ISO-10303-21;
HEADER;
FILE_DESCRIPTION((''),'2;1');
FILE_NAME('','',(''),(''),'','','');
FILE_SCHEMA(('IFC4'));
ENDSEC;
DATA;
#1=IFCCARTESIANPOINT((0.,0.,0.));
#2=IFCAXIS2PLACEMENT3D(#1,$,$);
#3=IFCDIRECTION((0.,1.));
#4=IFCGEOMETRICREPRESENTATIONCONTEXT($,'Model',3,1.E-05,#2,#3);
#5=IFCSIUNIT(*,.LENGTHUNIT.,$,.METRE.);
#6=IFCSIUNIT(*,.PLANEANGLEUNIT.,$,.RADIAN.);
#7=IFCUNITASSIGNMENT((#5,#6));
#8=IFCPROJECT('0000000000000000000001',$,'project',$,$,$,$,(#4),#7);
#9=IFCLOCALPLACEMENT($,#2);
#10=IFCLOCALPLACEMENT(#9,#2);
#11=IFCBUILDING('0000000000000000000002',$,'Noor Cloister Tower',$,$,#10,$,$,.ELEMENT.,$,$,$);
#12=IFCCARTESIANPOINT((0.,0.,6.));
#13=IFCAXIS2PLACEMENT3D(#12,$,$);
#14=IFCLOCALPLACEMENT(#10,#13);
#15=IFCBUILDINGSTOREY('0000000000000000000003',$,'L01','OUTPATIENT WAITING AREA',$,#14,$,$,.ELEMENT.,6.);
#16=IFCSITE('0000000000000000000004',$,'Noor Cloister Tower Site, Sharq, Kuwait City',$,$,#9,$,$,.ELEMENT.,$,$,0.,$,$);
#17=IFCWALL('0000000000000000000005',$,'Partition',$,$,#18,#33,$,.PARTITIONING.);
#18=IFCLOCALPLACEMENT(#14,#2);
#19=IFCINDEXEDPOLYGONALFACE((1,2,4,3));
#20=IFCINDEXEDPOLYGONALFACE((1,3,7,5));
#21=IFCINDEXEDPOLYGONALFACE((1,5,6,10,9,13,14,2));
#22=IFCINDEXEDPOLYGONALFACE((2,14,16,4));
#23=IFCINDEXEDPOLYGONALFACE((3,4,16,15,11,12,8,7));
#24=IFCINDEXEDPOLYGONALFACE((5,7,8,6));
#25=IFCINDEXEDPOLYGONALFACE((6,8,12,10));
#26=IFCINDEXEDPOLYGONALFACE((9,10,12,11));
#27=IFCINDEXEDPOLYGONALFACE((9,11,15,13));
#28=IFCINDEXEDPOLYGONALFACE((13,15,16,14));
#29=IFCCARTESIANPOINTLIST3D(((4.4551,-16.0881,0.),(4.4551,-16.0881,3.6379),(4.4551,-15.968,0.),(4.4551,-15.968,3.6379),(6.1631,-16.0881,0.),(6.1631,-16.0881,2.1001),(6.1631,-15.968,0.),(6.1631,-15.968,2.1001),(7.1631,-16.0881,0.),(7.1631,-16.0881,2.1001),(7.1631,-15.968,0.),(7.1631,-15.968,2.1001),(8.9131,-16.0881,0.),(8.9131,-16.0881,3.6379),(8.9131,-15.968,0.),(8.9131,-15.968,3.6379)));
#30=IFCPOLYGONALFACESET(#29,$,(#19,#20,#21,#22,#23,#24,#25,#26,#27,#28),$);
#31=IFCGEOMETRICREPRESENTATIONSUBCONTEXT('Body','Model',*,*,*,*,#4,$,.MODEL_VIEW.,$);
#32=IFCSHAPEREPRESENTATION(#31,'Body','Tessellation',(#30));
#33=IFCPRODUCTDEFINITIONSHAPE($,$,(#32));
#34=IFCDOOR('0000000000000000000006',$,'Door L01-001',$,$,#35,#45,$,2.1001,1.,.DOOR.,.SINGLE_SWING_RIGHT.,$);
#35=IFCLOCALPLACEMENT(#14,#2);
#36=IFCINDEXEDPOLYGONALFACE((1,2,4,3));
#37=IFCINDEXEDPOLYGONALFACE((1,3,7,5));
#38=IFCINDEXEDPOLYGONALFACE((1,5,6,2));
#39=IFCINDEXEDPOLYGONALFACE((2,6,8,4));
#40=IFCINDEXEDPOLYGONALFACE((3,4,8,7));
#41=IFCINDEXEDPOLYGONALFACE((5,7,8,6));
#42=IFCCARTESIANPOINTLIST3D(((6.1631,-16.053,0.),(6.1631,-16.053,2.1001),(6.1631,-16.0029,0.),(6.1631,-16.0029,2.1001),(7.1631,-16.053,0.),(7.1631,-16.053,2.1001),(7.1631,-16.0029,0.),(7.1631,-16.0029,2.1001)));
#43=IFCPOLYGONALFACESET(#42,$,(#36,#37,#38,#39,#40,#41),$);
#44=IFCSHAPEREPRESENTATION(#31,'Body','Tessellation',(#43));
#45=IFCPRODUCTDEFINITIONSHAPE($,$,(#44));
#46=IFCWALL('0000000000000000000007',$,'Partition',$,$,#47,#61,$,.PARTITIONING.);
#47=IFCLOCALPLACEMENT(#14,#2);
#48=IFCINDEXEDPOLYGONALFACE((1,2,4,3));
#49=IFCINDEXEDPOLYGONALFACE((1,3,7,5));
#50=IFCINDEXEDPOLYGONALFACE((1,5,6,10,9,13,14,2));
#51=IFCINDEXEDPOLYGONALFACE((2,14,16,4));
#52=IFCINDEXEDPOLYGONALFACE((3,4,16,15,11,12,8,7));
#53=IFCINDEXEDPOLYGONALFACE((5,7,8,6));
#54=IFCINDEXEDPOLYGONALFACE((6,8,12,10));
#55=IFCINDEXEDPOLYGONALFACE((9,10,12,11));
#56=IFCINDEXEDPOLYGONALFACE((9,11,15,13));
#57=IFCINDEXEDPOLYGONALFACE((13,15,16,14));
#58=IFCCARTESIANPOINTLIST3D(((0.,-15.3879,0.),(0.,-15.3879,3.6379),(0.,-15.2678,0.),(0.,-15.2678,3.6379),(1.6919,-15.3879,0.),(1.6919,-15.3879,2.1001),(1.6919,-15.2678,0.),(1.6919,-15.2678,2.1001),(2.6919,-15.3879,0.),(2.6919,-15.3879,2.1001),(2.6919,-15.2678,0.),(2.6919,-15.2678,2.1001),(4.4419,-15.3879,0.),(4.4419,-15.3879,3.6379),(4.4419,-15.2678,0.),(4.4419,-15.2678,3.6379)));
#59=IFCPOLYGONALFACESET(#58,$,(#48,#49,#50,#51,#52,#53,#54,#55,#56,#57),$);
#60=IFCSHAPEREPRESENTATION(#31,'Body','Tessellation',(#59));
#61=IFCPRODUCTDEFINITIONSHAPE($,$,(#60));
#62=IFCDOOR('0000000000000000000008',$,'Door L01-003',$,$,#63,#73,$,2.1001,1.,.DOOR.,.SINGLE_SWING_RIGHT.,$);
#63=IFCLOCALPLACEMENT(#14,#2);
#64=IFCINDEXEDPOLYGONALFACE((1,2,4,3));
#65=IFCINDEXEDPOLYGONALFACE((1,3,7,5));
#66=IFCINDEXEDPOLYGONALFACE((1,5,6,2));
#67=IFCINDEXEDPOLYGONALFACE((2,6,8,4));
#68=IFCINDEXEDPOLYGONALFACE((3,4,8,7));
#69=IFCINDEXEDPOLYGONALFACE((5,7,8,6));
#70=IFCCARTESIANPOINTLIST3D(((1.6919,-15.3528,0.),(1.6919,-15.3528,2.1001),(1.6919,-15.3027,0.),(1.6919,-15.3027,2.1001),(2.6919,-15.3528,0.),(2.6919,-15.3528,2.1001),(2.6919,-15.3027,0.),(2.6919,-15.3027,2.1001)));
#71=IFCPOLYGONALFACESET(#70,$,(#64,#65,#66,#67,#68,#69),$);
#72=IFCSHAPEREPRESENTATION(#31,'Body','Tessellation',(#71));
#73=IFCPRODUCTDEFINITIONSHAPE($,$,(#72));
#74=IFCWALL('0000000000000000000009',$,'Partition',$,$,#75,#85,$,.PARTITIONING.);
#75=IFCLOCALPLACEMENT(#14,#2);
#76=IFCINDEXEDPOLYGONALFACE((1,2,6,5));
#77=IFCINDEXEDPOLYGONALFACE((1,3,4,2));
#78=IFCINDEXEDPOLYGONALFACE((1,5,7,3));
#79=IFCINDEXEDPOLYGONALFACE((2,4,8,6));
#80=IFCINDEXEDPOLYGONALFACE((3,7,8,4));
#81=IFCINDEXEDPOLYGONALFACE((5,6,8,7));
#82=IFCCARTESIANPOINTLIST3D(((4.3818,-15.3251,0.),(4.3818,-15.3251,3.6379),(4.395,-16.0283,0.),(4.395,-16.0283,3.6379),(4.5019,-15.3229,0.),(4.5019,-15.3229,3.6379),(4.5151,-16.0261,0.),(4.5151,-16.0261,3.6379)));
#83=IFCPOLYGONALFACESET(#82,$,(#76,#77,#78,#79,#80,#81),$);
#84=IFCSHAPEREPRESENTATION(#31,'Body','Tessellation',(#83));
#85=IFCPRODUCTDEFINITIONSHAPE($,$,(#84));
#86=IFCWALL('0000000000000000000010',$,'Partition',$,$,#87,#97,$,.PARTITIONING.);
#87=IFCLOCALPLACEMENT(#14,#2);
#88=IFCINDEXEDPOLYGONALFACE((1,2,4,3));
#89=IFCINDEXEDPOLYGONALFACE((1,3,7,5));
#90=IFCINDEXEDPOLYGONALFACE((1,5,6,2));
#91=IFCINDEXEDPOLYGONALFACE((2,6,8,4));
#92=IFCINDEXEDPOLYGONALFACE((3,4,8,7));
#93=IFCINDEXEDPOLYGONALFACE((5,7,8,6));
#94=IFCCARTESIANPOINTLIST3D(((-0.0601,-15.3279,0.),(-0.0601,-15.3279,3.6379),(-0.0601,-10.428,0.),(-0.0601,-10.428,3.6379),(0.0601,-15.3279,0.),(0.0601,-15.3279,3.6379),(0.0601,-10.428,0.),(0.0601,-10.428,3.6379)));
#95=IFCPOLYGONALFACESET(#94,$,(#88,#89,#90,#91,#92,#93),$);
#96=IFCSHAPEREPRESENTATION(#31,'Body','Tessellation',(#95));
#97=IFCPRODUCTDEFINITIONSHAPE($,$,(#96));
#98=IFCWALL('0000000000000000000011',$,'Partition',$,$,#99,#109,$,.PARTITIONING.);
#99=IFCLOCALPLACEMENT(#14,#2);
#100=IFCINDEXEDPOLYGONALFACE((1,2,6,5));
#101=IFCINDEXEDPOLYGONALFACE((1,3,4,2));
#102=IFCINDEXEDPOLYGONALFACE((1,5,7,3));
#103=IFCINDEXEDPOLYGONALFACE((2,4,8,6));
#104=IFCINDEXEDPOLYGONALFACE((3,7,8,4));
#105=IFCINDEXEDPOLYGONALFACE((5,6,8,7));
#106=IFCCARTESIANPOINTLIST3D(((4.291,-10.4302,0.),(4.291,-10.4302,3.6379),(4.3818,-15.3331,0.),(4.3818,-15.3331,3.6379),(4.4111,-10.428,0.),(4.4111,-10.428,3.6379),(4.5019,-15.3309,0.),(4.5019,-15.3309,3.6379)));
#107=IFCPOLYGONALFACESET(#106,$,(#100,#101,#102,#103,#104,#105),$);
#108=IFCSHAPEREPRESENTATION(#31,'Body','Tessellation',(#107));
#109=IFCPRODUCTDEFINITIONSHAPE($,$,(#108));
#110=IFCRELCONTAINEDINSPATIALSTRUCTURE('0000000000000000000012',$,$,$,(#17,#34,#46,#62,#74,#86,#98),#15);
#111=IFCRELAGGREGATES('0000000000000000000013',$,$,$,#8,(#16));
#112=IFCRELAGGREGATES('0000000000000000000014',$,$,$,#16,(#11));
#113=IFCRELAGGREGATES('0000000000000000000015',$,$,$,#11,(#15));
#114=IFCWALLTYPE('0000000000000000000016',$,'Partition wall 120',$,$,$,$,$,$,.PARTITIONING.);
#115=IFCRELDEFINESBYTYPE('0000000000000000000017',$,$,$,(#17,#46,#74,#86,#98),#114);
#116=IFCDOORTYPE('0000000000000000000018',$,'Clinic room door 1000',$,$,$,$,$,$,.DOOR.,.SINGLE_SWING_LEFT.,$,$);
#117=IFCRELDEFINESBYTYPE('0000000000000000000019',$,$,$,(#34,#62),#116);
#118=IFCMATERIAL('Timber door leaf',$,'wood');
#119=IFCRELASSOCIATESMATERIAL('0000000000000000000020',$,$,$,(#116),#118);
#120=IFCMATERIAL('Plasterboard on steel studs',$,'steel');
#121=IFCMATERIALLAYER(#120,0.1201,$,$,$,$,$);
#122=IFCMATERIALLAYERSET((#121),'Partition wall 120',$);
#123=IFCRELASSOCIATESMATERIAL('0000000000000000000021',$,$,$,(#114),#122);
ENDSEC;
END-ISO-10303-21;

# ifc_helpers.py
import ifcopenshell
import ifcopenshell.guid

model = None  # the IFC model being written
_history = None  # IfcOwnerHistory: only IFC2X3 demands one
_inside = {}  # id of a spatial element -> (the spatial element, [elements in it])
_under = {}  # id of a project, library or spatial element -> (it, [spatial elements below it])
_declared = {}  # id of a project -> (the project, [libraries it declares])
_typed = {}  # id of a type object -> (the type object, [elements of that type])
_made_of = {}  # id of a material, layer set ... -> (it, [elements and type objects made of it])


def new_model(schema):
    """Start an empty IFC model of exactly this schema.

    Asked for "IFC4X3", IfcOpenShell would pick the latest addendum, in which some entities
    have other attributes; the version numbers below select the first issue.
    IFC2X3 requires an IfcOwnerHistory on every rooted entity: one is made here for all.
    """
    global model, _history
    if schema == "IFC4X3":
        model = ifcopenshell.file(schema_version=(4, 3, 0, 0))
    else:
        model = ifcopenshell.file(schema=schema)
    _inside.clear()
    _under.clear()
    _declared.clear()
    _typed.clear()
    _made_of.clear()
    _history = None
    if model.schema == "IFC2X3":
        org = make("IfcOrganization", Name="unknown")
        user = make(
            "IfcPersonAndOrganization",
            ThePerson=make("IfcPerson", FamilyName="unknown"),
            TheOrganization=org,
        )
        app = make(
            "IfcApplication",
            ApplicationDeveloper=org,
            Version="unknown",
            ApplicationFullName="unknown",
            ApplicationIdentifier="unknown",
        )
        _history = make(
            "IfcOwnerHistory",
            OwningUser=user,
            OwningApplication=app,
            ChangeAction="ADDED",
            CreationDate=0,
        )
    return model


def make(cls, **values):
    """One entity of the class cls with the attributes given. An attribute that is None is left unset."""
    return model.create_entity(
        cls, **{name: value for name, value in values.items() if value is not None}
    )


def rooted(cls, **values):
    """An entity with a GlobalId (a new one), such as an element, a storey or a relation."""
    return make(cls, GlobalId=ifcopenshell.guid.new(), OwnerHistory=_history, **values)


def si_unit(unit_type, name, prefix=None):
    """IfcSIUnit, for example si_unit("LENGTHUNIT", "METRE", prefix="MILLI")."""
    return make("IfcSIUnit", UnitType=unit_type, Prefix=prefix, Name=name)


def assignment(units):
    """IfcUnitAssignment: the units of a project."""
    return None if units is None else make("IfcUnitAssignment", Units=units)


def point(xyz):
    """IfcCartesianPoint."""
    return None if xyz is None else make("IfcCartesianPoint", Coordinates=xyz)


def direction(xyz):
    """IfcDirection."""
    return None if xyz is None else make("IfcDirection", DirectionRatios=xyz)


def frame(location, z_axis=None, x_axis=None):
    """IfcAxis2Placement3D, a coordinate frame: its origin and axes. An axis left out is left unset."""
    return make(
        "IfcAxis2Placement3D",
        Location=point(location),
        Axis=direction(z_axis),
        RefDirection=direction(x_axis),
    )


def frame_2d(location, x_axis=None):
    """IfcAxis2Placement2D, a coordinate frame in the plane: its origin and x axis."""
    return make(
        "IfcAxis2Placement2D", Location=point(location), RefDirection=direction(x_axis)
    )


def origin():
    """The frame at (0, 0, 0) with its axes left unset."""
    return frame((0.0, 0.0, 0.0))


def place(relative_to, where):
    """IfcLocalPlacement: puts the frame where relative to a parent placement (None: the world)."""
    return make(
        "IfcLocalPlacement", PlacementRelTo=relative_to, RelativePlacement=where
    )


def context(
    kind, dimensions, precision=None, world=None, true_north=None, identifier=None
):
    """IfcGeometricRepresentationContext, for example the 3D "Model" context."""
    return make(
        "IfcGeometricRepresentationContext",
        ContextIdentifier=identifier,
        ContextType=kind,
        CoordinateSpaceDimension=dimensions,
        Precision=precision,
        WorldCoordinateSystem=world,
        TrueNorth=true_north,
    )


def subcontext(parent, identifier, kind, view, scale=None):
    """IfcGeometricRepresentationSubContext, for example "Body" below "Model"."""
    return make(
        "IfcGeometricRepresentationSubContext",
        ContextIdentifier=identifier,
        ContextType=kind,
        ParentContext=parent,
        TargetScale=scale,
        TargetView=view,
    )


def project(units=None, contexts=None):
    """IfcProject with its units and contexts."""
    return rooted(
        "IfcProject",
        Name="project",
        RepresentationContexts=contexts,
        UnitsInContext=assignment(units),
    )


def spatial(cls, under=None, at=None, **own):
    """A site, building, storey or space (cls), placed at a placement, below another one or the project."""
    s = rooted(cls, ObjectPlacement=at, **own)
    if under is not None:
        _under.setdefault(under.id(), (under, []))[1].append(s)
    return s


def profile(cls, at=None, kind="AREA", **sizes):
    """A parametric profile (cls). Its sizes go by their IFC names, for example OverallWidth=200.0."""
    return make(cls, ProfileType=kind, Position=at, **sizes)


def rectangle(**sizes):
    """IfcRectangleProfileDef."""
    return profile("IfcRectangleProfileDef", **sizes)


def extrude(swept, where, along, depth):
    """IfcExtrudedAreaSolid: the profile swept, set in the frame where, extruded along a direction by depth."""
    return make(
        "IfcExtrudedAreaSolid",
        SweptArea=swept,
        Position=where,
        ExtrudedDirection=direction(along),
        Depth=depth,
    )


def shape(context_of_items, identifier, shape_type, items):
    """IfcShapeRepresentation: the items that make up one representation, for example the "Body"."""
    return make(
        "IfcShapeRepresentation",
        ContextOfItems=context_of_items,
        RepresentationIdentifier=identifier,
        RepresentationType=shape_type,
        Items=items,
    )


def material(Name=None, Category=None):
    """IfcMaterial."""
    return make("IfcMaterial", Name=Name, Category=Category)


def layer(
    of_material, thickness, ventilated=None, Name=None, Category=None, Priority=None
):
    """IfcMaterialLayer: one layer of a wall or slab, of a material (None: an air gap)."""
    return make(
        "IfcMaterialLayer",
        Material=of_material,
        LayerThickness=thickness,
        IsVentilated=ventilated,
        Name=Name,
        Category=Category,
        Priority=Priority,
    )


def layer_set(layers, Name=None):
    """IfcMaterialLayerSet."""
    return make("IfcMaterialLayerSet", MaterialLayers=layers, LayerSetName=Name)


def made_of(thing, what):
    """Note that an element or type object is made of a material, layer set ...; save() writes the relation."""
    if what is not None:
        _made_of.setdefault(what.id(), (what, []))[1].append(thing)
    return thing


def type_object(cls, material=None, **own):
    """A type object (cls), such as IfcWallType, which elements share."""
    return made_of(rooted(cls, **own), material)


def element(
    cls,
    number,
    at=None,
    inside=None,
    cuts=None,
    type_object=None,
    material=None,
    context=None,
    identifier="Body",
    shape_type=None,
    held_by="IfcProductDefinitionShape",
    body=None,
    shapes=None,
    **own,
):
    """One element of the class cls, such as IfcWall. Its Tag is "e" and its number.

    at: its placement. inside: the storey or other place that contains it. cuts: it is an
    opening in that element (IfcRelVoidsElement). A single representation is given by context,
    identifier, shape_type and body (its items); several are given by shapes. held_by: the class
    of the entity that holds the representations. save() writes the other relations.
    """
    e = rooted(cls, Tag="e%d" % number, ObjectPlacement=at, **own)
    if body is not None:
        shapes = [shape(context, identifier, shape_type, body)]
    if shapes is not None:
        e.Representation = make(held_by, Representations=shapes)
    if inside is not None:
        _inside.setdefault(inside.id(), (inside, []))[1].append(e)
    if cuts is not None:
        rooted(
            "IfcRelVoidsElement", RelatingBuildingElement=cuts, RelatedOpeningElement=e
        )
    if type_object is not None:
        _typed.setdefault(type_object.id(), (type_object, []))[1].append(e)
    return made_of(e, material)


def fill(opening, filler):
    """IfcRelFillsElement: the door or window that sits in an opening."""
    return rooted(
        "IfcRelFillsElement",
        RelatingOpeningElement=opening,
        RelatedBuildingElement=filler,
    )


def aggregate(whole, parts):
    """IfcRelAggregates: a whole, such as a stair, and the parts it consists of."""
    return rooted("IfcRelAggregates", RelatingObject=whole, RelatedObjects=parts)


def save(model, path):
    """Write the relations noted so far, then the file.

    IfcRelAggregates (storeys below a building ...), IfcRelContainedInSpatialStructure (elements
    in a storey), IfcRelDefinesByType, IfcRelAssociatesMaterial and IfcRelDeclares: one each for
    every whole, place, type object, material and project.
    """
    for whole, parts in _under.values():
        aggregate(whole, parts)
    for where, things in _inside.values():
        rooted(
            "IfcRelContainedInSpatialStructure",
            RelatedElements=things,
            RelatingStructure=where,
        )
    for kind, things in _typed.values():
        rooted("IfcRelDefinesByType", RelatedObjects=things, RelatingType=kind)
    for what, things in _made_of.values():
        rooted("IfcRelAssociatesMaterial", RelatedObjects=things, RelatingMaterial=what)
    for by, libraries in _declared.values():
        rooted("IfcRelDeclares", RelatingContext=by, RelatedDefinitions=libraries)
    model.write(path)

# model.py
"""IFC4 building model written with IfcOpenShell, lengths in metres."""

from ifc_helpers import new_model, si_unit, direction, frame, frame_2d, origin, place, context, subcontext, project, spatial, rectangle, extrude, material, layer, layer_set, type_object, element, fill, save


model = new_model("IFC4")

# Units and contexts
model_context = context("Model", 3, precision=1e-05, world=origin(), true_north=direction((0.0, 1.0)))
body_context = subcontext(model_context, "Body", "Model", "MODEL_VIEW")
ifc_project = project(units=[si_unit("LENGTHUNIT", "METRE"), si_unit("PLANEANGLEUNIT", "RADIAN")], contexts=[model_context])

# Site, building, storey
site_placement = place(None, origin())
site = spatial("IfcSite", under=ifc_project, at=site_placement, Name="Noor Cloister Tower Site, Sharq, Kuwait City", CompositionType="ELEMENT", RefElevation=0.0)
building_placement = place(site_placement, origin())
building = spatial("IfcBuilding", under=site, at=building_placement, Name="Noor Cloister Tower", CompositionType="ELEMENT")
storey_placement = place(building_placement, frame((0.0, 0.0, 6.0)))
storey = spatial("IfcBuildingStorey", under=building, at=storey_placement, Name="L01", Description="OUTPATIENT WAITING AREA", CompositionType="ELEMENT", Elevation=6.0)

# Shared definitions
ifc_material_1 = material(Name="Timber door leaf", Category="wood")
door_type = type_object("IfcDoorType", Name="Clinic room door 1000", OperationType="SINGLE_SWING_LEFT", PredefinedType="DOOR", material=ifc_material_1)

# Shared definitions
ifc_material_2 = material(Name="Plasterboard on steel studs", Category="steel")
ifc_layer_1 = layer(ifc_material_2, 0.1201)
ifc_layer_set_1 = layer_set([ifc_layer_1], Name="Partition wall 120")
wall_type_1 = type_object("IfcWallType", Name="Partition wall 120", PredefinedType="PARTITIONING", material=ifc_layer_set_1)

# Walls, openings, doors
wall_1_placement = place(storey_placement, frame((8.9131, -16.0281, 0.0), z_axis=(0.0, 0.0, 1.0), x_axis=(-1.0, 0.0, 0.0)))
wall_1 = element("IfcWall", 1, at=wall_1_placement, inside=storey, type_object=wall_type_1, Name="Partition", PredefinedType="PARTITIONING", context=body_context, shape_type="SweptSolid", body=[
    extrude(rectangle(XDim=4.458, YDim=0.1201, at=frame_2d((2.229, 0.0))), origin(), (0.0, 0.0, 1.0), 3.6379),
])
opening_1_placement = place(wall_1_placement, frame((1.75, 0.0, 0.0)))
opening_1 = element("IfcOpeningElement", 2, at=opening_1_placement, cuts=wall_1, PredefinedType="OPENING", context=body_context, shape_type="SweptSolid", body=[
    extrude(rectangle(XDim=1.0, YDim=2.1001, at=frame_2d((0.5, 1.05))), frame((0.0, 0.0701, 0.0), z_axis=(0.0, -1.0, 0.0), x_axis=(1.0, 0.0, 0.0)), (0.0, 0.0, 1.0), 0.1401),
])
door_1_placement = place(opening_1_placement, origin())
door_1 = element("IfcDoor", 3, at=door_1_placement, inside=storey, type_object=door_type, Name="Door L01-001", OperationType="SINGLE_SWING_RIGHT", OverallHeight=2.1001, OverallWidth=1.0, PredefinedType="DOOR", context=body_context, shape_type="SweptSolid", body=[
    extrude(rectangle(XDim=1.0, YDim=2.1001, at=frame_2d((0.5, 1.05))), frame((0.0, 0.0249, 0.0), z_axis=(0.0, -1.0, 0.0), x_axis=(1.0, 0.0, 0.0)), (0.0, 0.0, 1.0), 0.05),
])
fill(opening_1, door_1)
wall_2_placement = place(storey_placement, frame((4.4419, -15.3279, 0.0), z_axis=(0.0, 0.0, 1.0), x_axis=(-1.0, 0.0, 0.0)))
wall_2 = element("IfcWall", 4, at=wall_2_placement, inside=storey, type_object=wall_type_1, Name="Partition", PredefinedType="PARTITIONING", context=body_context, shape_type="SweptSolid", body=[
    extrude(rectangle(XDim=4.4419, YDim=0.1201, at=frame_2d((2.2209, 0.0))), origin(), (0.0, 0.0, 1.0), 3.6379),
])
opening_2_placement = place(wall_2_placement, frame((1.75, 0.0, 0.0)))
opening_2 = element("IfcOpeningElement", 5, at=opening_2_placement, cuts=wall_2, PredefinedType="OPENING", context=body_context, shape_type="SweptSolid", body=[
    extrude(rectangle(XDim=1.0, YDim=2.1001, at=frame_2d((0.5, 1.05))), frame((0.0, 0.0701, 0.0), z_axis=(0.0, -1.0, 0.0), x_axis=(1.0, 0.0, 0.0)), (0.0, 0.0, 1.0), 0.1401),
])
door_2_placement = place(opening_2_placement, origin())
door_2 = element("IfcDoor", 6, at=door_2_placement, inside=storey, type_object=door_type, Name="Door L01-003", OperationType="SINGLE_SWING_RIGHT", OverallHeight=2.1001, OverallWidth=1.0, PredefinedType="DOOR", context=body_context, shape_type="SweptSolid", body=[
    extrude(rectangle(XDim=1.0, YDim=2.1001, at=frame_2d((0.5, 1.05))), frame((0.0, 0.0249, 0.0), z_axis=(0.0, -1.0, 0.0), x_axis=(1.0, 0.0, 0.0)), (0.0, 0.0, 1.0), 0.05),
])
fill(opening_2, door_2)

# Walls
wall_3_placement = place(storey_placement, frame((4.4551, -16.0271, 0.0), z_axis=(0.0, 0.0, 1.0), x_axis=(-0.018747, 0.999824, 0.0)))
element("IfcWall", 7, at=wall_3_placement, inside=storey, type_object=wall_type_1, Name="Partition", PredefinedType="PARTITIONING", context=body_context, shape_type="SweptSolid", body=[
    extrude(rectangle(XDim=0.7034, YDim=0.1201, at=frame_2d((0.3516, 0.0))), origin(), (0.0, 0.0, 1.0), 3.6379),
])
wall_4_placement = place(storey_placement, frame((0.0, -15.3279, 0.0), z_axis=(0.0, 0.0, 1.0), x_axis=(0.0, 1.0, 0.0)))
element("IfcWall", 8, at=wall_4_placement, inside=storey, type_object=wall_type_1, Name="Partition", PredefinedType="PARTITIONING", context=body_context, shape_type="SweptSolid", body=[
    extrude(rectangle(XDim=4.8999, YDim=0.1201, at=frame_2d((2.45, 0.0))), origin(), (0.0, 0.0, 1.0), 3.6379),
])
wall_5_placement = place(storey_placement, frame((4.4419, -15.332, 0.0), z_axis=(0.0, 0.0, 1.0), x_axis=(-0.01852, 0.999828, 0.0)))
element("IfcWall", 9, at=wall_5_placement, inside=storey, type_object=wall_type_1, Name="Partition", PredefinedType="PARTITIONING", context=body_context, shape_type="SweptSolid", body=[
    extrude(rectangle(XDim=4.9038, YDim=0.1201, at=frame_2d((2.4519, 0.0))), origin(), (0.0, 0.0, 1.0), 3.6379),
])

save(model, "model.ifc")
